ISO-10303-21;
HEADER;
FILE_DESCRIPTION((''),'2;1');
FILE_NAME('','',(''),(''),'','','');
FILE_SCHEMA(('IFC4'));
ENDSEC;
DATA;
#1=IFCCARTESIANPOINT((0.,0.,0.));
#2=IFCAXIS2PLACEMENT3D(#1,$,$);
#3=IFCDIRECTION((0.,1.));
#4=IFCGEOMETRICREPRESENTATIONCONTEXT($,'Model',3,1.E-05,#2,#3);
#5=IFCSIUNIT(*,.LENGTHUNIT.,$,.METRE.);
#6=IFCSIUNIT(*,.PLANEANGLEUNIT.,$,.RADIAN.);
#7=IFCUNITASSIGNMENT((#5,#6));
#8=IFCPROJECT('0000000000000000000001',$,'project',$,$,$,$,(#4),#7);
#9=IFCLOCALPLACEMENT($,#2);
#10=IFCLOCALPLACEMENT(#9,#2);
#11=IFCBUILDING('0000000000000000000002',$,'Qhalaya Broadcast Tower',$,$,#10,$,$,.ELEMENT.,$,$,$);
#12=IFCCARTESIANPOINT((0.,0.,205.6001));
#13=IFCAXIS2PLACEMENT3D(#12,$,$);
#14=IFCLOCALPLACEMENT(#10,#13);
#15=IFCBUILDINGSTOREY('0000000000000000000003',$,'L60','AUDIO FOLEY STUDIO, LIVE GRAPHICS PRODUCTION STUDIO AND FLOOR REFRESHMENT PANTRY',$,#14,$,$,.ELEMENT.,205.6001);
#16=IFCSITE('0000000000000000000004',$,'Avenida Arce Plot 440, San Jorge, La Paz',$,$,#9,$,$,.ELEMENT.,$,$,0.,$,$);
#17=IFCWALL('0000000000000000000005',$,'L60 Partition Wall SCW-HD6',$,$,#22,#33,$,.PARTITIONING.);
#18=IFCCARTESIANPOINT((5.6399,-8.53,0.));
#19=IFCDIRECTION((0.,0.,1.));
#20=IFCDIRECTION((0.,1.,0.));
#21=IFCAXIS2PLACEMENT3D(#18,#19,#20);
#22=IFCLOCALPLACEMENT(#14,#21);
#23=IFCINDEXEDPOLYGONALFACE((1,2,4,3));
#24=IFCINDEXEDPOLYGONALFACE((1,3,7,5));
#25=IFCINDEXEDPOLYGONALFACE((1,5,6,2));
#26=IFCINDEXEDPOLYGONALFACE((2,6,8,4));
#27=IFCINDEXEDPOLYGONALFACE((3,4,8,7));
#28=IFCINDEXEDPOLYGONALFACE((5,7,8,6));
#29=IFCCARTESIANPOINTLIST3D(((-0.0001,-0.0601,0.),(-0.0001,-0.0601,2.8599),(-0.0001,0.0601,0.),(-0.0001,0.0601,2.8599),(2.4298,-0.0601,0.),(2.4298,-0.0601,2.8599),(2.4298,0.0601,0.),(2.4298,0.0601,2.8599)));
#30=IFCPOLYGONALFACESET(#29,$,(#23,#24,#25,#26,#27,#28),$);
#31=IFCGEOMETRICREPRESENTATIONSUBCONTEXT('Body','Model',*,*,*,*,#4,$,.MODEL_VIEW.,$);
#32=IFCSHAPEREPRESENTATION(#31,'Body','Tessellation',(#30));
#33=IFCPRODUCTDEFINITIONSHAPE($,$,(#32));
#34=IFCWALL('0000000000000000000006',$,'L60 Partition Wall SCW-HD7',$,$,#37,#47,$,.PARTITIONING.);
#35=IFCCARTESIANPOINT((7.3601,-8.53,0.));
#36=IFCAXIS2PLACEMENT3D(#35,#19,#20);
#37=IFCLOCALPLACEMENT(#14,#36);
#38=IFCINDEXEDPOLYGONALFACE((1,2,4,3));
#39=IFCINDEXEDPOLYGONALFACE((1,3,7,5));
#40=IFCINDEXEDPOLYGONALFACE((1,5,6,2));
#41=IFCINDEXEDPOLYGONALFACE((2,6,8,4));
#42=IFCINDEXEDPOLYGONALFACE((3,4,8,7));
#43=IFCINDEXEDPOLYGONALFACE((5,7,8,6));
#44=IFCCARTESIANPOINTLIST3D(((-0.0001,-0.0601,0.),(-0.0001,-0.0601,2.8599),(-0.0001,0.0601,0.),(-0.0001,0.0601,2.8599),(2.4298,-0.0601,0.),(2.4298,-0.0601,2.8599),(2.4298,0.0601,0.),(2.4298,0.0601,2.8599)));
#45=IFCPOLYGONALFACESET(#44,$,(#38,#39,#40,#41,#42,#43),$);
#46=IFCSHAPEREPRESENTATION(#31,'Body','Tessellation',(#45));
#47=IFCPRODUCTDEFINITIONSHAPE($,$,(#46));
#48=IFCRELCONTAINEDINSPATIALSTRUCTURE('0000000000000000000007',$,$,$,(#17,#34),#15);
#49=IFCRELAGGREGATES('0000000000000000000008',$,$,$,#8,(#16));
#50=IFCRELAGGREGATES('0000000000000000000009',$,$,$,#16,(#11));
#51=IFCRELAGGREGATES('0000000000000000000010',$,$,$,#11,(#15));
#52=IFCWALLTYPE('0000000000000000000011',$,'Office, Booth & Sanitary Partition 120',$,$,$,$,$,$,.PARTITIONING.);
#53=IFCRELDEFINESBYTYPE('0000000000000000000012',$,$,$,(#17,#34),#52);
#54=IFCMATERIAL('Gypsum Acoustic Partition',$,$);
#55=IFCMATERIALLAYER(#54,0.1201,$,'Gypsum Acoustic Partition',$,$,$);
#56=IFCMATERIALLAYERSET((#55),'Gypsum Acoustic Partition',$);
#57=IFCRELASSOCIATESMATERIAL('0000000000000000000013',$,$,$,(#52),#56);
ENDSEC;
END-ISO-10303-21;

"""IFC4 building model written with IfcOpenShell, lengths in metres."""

from ifc_helpers import new_model, si_unit, direction, frame, frame_2d, origin, place, context, subcontext, project, spatial, rectangle, extrude, material, layer, layer_set, type_object, element, save


model = new_model("IFC4")

# Units and contexts
model_context = context("Model", 3, precision=1e-05, world=origin(), true_north=direction((0.0, 1.0)))
body_context = subcontext(model_context, "Body", "Model", "MODEL_VIEW")
ifc_project = project(units=[si_unit("LENGTHUNIT", "METRE"), si_unit("PLANEANGLEUNIT", "RADIAN")], contexts=[model_context])

# Site, building, storey
site_placement = place(None, origin())
site = spatial("IfcSite", under=ifc_project, at=site_placement, Name="Avenida Arce Plot 440, San Jorge, La Paz", CompositionType="ELEMENT", RefElevation=0.0)
building_placement = place(site_placement, origin())
building = spatial("IfcBuilding", under=site, at=building_placement, Name="Qhalaya Broadcast Tower", CompositionType="ELEMENT")
storey_placement = place(building_placement, frame((0.0, 0.0, 205.6001)))
storey = spatial("IfcBuildingStorey", under=building, at=storey_placement, Name="L60", Description="AUDIO FOLEY STUDIO, LIVE GRAPHICS PRODUCTION STUDIO AND FLOOR REFRESHMENT PANTRY", CompositionType="ELEMENT", Elevation=205.6001)

# Walls
ifc_material_1 = material(Name="Gypsum Acoustic Partition")
ifc_layer_1 = layer(ifc_material_1, 0.1201, Name="Gypsum Acoustic Partition")
ifc_layer_set_1 = layer_set([ifc_layer_1], Name="Gypsum Acoustic Partition")
wall_type_1 = type_object("IfcWallType", Name="Office, Booth & Sanitary Partition 120", PredefinedType="PARTITIONING", material=ifc_layer_set_1)
for number, where, z_axis, x_axis, name in (
    (1, (5.6399, -8.53, 0.0), (0.0, 0.0, 1.0), (0.0, 1.0, 0.0), "L60 Partition Wall SCW-HD6"),
    (2, (7.3601, -8.53, 0.0), (0.0, 0.0, 1.0), (0.0, 1.0, 0.0), "L60 Partition Wall SCW-HD7"),
):
    element("IfcWall", number, at=place(storey_placement, frame(where, z_axis=z_axis, x_axis=x_axis)), inside=storey, type_object=wall_type_1, Name=name, PredefinedType="PARTITIONING", context=body_context, shape_type="SweptSolid", body=[
        extrude(rectangle(XDim=2.4299, YDim=0.1201, at=frame_2d((1.2148, 0.0))), origin(), (0.0, 0.0, 1.0), 2.8599),
    ])

save(model, "model.ifc")
